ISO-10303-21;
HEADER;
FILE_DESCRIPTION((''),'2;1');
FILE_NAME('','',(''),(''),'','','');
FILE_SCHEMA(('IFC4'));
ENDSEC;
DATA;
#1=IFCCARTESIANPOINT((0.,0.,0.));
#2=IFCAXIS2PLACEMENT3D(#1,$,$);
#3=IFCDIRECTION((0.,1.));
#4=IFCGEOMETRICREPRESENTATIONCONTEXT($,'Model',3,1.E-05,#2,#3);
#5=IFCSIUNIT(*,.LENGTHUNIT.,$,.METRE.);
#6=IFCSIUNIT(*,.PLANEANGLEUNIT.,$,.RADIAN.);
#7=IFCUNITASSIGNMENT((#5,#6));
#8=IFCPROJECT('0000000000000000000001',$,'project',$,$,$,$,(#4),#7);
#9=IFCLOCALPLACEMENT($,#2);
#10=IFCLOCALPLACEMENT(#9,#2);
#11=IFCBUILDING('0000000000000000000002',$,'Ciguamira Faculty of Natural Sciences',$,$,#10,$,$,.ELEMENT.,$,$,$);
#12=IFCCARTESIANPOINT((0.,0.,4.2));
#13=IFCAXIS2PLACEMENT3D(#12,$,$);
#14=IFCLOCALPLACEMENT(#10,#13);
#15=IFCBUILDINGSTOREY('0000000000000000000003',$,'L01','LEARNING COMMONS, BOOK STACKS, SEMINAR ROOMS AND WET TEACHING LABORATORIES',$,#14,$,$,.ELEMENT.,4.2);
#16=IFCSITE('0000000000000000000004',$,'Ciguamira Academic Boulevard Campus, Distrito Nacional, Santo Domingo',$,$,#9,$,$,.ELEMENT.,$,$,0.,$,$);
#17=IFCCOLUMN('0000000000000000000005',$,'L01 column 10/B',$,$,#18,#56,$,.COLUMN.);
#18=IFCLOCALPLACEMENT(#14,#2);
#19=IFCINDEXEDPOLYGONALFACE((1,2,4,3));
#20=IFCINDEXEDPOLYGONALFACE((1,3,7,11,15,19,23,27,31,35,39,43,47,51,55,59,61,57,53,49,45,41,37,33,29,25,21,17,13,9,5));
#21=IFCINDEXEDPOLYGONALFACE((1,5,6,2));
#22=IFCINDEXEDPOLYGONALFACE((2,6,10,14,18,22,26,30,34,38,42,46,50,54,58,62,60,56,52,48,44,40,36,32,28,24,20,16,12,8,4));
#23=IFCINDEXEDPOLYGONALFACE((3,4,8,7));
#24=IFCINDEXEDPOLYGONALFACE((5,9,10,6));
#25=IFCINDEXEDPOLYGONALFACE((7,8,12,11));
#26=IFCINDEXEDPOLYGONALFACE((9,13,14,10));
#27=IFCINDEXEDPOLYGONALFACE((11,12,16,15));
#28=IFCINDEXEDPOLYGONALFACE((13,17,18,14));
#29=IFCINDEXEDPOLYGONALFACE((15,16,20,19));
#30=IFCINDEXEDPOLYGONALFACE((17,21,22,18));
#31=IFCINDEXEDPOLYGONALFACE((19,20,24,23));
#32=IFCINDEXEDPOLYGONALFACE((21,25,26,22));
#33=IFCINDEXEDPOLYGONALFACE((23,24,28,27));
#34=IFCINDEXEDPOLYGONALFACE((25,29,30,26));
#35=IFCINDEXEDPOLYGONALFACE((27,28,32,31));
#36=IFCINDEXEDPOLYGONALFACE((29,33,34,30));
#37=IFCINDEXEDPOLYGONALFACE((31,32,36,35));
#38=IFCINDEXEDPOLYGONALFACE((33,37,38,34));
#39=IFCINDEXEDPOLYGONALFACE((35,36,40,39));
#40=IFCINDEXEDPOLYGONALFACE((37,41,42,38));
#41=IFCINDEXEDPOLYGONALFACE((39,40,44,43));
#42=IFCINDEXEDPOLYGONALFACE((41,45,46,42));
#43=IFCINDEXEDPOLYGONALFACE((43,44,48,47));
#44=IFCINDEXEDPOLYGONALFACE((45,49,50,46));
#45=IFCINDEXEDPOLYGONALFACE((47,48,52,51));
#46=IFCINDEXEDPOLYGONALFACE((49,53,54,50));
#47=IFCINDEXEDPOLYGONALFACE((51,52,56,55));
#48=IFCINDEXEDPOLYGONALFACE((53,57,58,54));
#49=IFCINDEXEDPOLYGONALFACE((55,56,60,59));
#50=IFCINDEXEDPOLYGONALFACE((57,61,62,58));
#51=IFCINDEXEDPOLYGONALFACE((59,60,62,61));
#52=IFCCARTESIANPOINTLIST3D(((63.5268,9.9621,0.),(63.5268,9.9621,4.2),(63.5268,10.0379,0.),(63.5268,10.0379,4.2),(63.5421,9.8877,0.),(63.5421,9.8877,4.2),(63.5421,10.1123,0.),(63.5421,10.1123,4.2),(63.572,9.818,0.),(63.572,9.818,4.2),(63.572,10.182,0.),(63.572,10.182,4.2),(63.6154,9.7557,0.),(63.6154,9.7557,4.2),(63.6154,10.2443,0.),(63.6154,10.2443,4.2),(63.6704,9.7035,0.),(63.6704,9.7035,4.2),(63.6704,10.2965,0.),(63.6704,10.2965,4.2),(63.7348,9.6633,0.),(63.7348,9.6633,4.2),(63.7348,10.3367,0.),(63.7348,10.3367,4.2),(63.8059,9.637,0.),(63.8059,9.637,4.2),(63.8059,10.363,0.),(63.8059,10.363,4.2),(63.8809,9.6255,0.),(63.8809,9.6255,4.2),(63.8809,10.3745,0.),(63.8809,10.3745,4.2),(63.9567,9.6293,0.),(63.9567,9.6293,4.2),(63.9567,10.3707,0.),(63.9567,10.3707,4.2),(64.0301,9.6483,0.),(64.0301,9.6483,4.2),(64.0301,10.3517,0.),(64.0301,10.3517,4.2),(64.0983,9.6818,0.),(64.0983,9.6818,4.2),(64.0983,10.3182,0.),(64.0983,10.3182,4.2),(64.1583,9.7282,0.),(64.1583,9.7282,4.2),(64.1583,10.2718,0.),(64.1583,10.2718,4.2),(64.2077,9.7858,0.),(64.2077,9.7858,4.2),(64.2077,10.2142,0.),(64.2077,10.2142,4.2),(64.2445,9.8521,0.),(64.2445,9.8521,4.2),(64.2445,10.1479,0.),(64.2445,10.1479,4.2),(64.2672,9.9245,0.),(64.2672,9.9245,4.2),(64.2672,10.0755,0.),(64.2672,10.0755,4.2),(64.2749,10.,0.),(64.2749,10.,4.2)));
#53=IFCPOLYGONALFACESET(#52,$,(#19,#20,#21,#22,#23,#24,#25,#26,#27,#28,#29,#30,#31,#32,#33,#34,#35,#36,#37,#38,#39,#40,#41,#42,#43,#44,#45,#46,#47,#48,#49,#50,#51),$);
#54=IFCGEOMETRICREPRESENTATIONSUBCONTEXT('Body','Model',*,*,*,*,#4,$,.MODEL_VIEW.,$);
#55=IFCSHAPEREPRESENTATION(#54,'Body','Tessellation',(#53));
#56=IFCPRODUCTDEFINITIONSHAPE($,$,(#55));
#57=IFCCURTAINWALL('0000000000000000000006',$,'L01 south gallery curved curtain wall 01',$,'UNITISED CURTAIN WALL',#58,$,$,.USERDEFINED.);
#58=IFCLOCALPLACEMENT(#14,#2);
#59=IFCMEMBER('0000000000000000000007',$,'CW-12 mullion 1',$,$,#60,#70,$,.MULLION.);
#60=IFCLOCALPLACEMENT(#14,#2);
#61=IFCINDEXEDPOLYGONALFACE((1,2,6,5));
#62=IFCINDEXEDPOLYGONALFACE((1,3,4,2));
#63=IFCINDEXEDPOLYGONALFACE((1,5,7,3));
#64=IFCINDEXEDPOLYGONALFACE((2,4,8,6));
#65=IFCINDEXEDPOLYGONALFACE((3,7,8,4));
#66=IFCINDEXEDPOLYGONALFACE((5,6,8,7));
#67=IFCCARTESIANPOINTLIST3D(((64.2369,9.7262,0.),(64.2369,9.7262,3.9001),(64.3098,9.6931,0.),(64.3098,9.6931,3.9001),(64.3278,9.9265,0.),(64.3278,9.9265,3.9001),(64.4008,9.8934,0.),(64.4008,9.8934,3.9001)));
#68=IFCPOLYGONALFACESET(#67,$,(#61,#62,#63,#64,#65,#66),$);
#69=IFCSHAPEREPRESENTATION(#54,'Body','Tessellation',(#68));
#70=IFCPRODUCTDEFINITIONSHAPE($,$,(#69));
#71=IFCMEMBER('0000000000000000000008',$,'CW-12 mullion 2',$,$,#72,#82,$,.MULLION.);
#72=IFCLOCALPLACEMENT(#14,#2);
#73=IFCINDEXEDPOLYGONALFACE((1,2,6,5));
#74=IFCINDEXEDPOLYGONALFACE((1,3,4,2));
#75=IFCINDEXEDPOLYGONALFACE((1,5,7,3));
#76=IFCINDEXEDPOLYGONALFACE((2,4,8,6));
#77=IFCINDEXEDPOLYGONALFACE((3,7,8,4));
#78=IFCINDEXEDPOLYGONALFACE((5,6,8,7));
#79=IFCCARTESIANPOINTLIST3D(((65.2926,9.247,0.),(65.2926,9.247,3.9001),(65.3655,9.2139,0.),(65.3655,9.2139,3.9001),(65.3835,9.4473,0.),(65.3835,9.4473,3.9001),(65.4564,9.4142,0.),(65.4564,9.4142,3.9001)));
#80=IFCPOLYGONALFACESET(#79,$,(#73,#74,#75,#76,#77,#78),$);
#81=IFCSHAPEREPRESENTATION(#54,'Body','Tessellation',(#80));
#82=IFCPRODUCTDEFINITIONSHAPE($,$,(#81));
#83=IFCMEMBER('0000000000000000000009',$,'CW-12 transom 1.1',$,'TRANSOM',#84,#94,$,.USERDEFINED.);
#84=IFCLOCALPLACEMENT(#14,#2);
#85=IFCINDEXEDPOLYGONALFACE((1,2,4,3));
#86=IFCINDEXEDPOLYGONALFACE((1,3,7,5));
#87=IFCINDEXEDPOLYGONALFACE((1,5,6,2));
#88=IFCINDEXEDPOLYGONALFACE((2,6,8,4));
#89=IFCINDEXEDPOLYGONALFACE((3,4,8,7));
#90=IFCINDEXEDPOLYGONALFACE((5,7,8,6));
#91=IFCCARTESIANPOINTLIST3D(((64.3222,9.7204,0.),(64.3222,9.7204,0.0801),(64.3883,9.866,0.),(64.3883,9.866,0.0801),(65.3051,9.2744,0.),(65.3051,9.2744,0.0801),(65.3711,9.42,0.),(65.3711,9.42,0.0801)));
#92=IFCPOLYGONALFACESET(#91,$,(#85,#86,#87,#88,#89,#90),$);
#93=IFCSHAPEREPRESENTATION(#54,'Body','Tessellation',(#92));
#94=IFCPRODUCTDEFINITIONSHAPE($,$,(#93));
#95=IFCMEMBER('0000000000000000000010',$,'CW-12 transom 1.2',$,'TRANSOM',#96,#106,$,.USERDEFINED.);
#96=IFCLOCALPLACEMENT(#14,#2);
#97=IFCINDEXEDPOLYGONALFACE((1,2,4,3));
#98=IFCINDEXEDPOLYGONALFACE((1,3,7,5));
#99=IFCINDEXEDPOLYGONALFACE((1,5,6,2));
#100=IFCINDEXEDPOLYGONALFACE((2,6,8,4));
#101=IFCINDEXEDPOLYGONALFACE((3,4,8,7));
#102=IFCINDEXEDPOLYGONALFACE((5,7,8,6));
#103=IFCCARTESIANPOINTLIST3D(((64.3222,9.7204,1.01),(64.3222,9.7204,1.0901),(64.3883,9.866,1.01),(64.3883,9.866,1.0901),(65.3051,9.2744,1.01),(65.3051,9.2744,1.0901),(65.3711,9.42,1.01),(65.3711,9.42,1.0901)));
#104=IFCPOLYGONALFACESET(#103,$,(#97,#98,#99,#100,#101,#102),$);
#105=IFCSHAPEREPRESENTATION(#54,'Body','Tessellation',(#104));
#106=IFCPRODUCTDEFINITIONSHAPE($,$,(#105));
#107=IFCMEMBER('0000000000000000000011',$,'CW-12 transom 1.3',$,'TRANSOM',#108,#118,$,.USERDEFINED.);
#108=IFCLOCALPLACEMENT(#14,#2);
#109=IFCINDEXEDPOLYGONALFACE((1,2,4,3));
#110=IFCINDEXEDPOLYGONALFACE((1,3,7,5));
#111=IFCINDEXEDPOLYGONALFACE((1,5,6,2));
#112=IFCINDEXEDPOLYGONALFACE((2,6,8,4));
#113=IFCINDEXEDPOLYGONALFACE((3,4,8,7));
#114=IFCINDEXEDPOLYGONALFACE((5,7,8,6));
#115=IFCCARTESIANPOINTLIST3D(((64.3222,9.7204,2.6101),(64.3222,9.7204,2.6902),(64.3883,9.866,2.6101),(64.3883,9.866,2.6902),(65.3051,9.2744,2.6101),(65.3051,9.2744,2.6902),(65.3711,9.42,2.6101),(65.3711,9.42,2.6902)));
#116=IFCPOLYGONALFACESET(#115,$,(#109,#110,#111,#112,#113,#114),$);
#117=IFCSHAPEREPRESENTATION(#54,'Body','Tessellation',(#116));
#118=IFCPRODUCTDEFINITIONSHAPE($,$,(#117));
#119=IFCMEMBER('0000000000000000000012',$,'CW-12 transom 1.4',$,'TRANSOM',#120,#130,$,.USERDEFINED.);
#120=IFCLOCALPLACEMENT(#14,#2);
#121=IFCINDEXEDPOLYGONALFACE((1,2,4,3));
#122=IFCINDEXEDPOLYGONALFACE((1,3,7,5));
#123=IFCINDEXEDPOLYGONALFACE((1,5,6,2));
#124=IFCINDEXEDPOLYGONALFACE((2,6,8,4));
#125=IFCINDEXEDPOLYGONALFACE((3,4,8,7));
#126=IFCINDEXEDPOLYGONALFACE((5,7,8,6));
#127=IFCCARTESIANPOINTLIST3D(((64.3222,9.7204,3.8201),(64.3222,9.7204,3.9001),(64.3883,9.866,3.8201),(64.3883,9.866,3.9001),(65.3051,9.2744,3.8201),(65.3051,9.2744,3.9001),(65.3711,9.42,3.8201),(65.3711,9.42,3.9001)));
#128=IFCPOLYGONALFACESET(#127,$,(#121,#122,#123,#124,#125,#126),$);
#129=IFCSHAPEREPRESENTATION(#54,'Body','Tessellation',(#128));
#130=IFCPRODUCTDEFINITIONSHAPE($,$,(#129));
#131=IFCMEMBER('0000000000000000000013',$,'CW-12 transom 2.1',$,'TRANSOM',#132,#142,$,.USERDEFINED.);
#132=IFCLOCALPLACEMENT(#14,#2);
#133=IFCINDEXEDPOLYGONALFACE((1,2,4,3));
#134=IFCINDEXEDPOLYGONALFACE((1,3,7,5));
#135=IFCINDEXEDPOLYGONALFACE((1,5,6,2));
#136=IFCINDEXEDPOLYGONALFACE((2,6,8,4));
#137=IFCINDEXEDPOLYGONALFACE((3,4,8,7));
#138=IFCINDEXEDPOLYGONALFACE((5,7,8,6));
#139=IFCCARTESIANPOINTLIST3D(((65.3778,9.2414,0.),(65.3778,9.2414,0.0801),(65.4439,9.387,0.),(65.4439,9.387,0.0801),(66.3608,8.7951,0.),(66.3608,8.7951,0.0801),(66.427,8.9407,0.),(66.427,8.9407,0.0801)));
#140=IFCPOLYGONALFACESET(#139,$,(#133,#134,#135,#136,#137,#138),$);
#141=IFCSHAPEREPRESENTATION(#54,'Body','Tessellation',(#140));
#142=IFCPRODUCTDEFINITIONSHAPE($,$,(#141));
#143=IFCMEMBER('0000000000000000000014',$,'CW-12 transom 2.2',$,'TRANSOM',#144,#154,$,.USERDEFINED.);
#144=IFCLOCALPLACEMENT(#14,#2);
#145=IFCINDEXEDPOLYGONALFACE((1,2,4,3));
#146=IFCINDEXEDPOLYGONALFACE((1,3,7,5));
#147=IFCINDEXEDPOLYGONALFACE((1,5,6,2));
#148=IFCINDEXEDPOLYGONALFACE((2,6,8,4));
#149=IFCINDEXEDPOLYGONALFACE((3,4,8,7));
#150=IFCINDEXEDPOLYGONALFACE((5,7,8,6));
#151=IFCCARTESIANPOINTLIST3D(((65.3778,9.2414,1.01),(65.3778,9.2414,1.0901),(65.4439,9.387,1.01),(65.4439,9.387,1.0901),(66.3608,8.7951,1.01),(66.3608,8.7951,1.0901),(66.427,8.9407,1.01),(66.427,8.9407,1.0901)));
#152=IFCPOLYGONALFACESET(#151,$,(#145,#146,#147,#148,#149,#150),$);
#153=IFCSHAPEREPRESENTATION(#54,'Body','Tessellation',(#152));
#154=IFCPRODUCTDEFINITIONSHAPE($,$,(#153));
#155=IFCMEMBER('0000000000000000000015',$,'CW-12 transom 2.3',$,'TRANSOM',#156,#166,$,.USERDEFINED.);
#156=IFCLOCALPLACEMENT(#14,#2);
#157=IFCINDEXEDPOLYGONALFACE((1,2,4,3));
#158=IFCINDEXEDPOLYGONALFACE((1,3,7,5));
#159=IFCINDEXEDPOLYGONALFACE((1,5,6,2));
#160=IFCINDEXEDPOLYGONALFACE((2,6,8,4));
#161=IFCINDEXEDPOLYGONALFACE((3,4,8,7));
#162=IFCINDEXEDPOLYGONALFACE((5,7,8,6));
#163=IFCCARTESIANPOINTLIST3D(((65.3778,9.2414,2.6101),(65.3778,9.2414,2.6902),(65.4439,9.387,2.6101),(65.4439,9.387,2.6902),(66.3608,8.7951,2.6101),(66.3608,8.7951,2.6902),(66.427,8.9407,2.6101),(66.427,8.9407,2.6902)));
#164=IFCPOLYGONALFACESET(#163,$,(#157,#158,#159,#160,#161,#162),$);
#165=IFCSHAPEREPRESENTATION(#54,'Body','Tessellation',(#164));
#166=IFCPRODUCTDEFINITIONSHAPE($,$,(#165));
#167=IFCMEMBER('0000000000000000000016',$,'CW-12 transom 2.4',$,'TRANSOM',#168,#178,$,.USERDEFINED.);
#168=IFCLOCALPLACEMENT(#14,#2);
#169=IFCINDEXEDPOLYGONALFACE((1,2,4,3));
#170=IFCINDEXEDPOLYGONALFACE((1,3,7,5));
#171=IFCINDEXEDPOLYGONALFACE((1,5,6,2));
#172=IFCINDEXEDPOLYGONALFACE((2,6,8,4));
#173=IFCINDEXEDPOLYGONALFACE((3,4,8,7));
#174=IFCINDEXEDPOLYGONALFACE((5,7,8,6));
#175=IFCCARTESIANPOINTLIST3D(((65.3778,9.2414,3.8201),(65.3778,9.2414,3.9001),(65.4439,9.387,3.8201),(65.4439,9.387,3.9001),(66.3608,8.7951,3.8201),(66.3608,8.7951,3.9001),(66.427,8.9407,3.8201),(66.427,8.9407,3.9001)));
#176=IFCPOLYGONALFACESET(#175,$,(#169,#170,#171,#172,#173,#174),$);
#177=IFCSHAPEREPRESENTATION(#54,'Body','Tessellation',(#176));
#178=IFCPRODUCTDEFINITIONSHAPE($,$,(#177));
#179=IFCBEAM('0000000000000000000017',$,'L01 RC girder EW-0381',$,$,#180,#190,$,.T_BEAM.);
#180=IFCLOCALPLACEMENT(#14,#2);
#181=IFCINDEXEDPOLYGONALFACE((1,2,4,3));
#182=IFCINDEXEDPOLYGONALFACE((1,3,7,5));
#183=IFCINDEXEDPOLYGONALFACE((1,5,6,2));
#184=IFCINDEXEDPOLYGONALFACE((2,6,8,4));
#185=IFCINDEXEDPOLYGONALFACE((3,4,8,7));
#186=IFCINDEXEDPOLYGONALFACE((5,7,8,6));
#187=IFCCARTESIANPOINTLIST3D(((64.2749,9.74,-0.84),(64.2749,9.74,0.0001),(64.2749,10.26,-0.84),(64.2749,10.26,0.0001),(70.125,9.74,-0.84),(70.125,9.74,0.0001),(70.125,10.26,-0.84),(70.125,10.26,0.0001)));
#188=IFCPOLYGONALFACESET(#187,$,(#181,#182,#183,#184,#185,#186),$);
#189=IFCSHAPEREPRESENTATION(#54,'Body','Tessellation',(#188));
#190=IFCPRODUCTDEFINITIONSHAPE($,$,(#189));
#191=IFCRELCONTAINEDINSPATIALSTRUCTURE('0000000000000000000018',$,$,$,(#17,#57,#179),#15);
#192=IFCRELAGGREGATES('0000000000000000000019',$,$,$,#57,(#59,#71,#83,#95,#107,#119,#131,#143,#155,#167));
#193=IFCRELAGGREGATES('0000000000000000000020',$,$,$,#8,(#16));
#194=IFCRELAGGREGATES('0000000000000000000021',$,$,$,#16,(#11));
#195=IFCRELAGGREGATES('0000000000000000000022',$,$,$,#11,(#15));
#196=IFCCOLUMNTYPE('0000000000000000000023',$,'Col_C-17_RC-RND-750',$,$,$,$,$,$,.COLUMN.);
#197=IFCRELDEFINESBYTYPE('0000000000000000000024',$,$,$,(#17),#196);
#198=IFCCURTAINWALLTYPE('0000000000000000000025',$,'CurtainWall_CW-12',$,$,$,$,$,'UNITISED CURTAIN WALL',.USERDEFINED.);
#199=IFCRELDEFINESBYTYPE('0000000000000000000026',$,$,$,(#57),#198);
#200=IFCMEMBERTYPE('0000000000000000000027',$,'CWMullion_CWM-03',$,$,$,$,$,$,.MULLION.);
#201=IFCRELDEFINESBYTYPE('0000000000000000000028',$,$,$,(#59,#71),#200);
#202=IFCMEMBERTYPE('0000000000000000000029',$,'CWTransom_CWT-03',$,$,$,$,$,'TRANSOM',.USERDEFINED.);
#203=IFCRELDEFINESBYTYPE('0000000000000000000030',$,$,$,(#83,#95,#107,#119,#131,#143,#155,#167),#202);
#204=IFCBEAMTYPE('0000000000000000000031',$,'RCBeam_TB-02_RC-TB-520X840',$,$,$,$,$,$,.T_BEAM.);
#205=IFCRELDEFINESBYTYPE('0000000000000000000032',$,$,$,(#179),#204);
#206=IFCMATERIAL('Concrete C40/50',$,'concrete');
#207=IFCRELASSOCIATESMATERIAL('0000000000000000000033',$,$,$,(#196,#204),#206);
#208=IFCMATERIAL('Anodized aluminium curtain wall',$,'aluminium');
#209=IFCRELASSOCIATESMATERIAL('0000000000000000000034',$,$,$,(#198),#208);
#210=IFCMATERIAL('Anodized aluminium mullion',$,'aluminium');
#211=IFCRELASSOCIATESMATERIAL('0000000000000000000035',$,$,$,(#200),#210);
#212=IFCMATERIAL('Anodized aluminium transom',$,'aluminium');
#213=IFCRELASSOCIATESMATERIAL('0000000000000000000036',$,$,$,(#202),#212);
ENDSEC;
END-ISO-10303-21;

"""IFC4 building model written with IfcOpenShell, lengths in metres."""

from ifc_helpers import new_model, si_unit, direction, frame, origin, origin_2d, place, context, subcontext, project, spatial, rectangle, circle, extrude, material, material_profile, profile_set, type_object, element, aggregate, save


model = new_model("IFC4")

# Units and contexts
model_context = context("Model", 3, precision=1e-05, world=origin(), true_north=direction((0.0, 1.0)))
body_context = subcontext(model_context, "Body", "Model", "MODEL_VIEW")
ifc_project = project(units=[si_unit("LENGTHUNIT", "METRE"), si_unit("PLANEANGLEUNIT", "RADIAN")], contexts=[model_context])

# Site, building, storey
site_placement = place(None, origin())
site = spatial("IfcSite", under=ifc_project, at=site_placement, Name="Ciguamira Academic Boulevard Campus, Distrito Nacional, Santo Domingo", CompositionType="ELEMENT", RefElevation=0.0)
building_placement = place(site_placement, origin())
building = spatial("IfcBuilding", under=site, at=building_placement, Name="Ciguamira Faculty of Natural Sciences", CompositionType="ELEMENT")
storey_placement = place(building_placement, frame((0.0, 0.0, 4.2)))
storey = spatial("IfcBuildingStorey", under=building, at=storey_placement, Name="L01", Description="LEARNING COMMONS, BOOK STACKS, SEMINAR ROOMS AND WET TEACHING LABORATORIES", CompositionType="ELEMENT", Elevation=4.2)

# Column
ifc_material_1 = material(Name="Concrete C40/50", Category="concrete")
ifc_material_profile_1 = material_profile(ifc_material_1, circle(Radius=0.375, at=origin_2d()), Name="RC-RND-750")
ifc_profile_set_1 = profile_set([ifc_material_profile_1], Name="Concrete C40/50")
column_type = type_object("IfcColumnType", Name="Col_C-17_RC-RND-750", PredefinedType="COLUMN", material=ifc_profile_set_1)
column_placement = place(storey_placement, frame((63.8999, 10.0, 0.0), z_axis=(0.0, 0.0, 1.0), x_axis=(1.0, 0.0, 0.0)))
element("IfcColumn", 1, at=column_placement, inside=storey, type_object=column_type, Name="L01 column 10/B", PredefinedType="COLUMN", context=body_context, shape_type="SweptSolid", body=[
    extrude(circle(Radius=0.375, at=origin_2d()), origin(), (0.0, 0.0, 1.0), 4.2),
])

# Curtain wall, members
ifc_material_2 = material(Name="Anodized aluminium curtain wall", Category="aluminium")
curtain_wall_type = type_object("IfcCurtainWallType", Name="CurtainWall_CW-12", ElementType="UNITISED CURTAIN WALL", PredefinedType="USERDEFINED", material=ifc_material_2)
curtain_wall_placement = place(storey_placement, origin())
curtain_wall = element("IfcCurtainWall", 2, at=curtain_wall_placement, inside=storey, type_object=curtain_wall_type, Name="L01 south gallery curved curtain wall 01", ObjectType="UNITISED CURTAIN WALL", PredefinedType="USERDEFINED")
ifc_material_3 = material(Name="Anodized aluminium mullion", Category="aluminium")
ifc_material_profile_2 = material_profile(ifc_material_3, rectangle(XDim=0.0801, YDim=0.22, at=origin_2d()), Name="ALU-MUL-80X220")
ifc_profile_set_2 = profile_set([ifc_material_profile_2], Name="Anodized aluminium mullion")
member_type_1 = type_object("IfcMemberType", Name="CWMullion_CWM-03", PredefinedType="MULLION", material=ifc_profile_set_2)
member_1_placement = place(storey_placement, frame((64.3188, 9.8098, 0.0), z_axis=(0.0, 0.0, 1.0), x_axis=(0.910581, -0.413332, 0.0)))
member_1 = element("IfcMember", 3, at=member_1_placement, type_object=member_type_1, Name="CW-12 mullion 1", PredefinedType="MULLION", context=body_context, shape_type="SweptSolid", body=[
    extrude(rectangle(XDim=0.0801, YDim=0.22, at=origin_2d()), origin(), (0.0, 0.0, 1.0), 3.9001),
])
member_2_placement = place(storey_placement, frame((65.3745, 9.3306, 0.0), z_axis=(0.0, 0.0, 1.0), x_axis=(0.910581, -0.413332, 0.0)))
member_2 = element("IfcMember", 4, at=member_2_placement, type_object=member_type_1, Name="CW-12 mullion 2", PredefinedType="MULLION", context=body_context, shape_type="SweptSolid", body=[
    extrude(rectangle(XDim=0.0801, YDim=0.22, at=origin_2d()), origin(), (0.0, 0.0, 1.0), 3.9001),
])
ifc_material_4 = material(Name="Anodized aluminium transom", Category="aluminium")
ifc_material_profile_3 = material_profile(ifc_material_4, rectangle(XDim=0.0801, YDim=0.1599, at=origin_2d()), Name="ALU-TRN-80X160")
ifc_profile_set_3 = profile_set([ifc_material_profile_3], Name="Anodized aluminium transom")
member_type_2 = type_object("IfcMemberType", Name="CWTransom_CWT-03", ElementType="TRANSOM", PredefinedType="USERDEFINED", material=ifc_profile_set_3)
member_3_placement = place(storey_placement, frame((64.3552, 9.7932, 0.04), z_axis=(0.910622, -0.413241, 0.0), x_axis=(0.0, 0.0, 1.0)))
member_3 = element("IfcMember", 5, at=member_3_placement, type_object=member_type_2, Name="CW-12 transom 1.1", ObjectType="TRANSOM", PredefinedType="USERDEFINED", context=body_context, shape_type="SweptSolid", body=[
    extrude(rectangle(XDim=0.0801, YDim=0.1599, at=origin_2d()), origin(), (0.0, 0.0, 1.0), 1.0793),
])
member_4_placement = place(storey_placement, frame((64.3552, 9.7932, 1.05), z_axis=(0.910622, -0.413241, 0.0), x_axis=(0.0, 0.0, 1.0)))
member_4 = element("IfcMember", 6, at=member_4_placement, type_object=member_type_2, Name="CW-12 transom 1.2", ObjectType="TRANSOM", PredefinedType="USERDEFINED", context=body_context, shape_type="SweptSolid", body=[
    extrude(rectangle(XDim=0.0801, YDim=0.1599, at=origin_2d()), origin(), (0.0, 0.0, 1.0), 1.0793),
])
member_5_placement = place(storey_placement, frame((64.3552, 9.7932, 2.6501), z_axis=(0.910622, -0.413241, 0.0), x_axis=(0.0, 0.0, 1.0)))
member_5 = element("IfcMember", 7, at=member_5_placement, type_object=member_type_2, Name="CW-12 transom 1.3", ObjectType="TRANSOM", PredefinedType="USERDEFINED", context=body_context, shape_type="SweptSolid", body=[
    extrude(rectangle(XDim=0.0801, YDim=0.1599, at=origin_2d()), origin(), (0.0, 0.0, 1.0), 1.0793),
])
member_6_placement = place(storey_placement, frame((64.3552, 9.7932, 3.8601), z_axis=(0.910622, -0.413241, 0.0), x_axis=(0.0, 0.0, 1.0)))
member_6 = element("IfcMember", 8, at=member_6_placement, type_object=member_type_2, Name="CW-12 transom 1.4", ObjectType="TRANSOM", PredefinedType="USERDEFINED", context=body_context, shape_type="SweptSolid", body=[
    extrude(rectangle(XDim=0.0801, YDim=0.1599, at=origin_2d()), origin(), (0.0, 0.0, 1.0), 1.0793),
])
member_7_placement = place(storey_placement, frame((65.4109, 9.3142, 0.04), z_axis=(0.910537, -0.413428, 0.0), x_axis=(0.0, 0.0, 1.0)))
member_7 = element("IfcMember", 9, at=member_7_placement, type_object=member_type_2, Name="CW-12 transom 2.1", ObjectType="TRANSOM", PredefinedType="USERDEFINED", context=body_context, shape_type="SweptSolid", body=[
    extrude(rectangle(XDim=0.0801, YDim=0.1599, at=origin_2d()), origin(), (0.0, 0.0, 1.0), 1.0796),
])
member_8_placement = place(storey_placement, frame((65.4109, 9.3142, 1.05), z_axis=(0.910537, -0.413428, 0.0), x_axis=(0.0, 0.0, 1.0)))
member_8 = element("IfcMember", 10, at=member_8_placement, type_object=member_type_2, Name="CW-12 transom 2.2", ObjectType="TRANSOM", PredefinedType="USERDEFINED", context=body_context, shape_type="SweptSolid", body=[
    extrude(rectangle(XDim=0.0801, YDim=0.1599, at=origin_2d()), origin(), (0.0, 0.0, 1.0), 1.0796),
])
member_9_placement = place(storey_placement, frame((65.4109, 9.3142, 2.6501), z_axis=(0.910537, -0.413428, 0.0), x_axis=(0.0, 0.0, 1.0)))
member_9 = element("IfcMember", 11, at=member_9_placement, type_object=member_type_2, Name="CW-12 transom 2.3", ObjectType="TRANSOM", PredefinedType="USERDEFINED", context=body_context, shape_type="SweptSolid", body=[
    extrude(rectangle(XDim=0.0801, YDim=0.1599, at=origin_2d()), origin(), (0.0, 0.0, 1.0), 1.0796),
])
member_10_placement = place(storey_placement, frame((65.4109, 9.3142, 3.8601), z_axis=(0.910537, -0.413428, 0.0), x_axis=(0.0, 0.0, 1.0)))
member_10 = element("IfcMember", 12, at=member_10_placement, type_object=member_type_2, Name="CW-12 transom 2.4", ObjectType="TRANSOM", PredefinedType="USERDEFINED", context=body_context, shape_type="SweptSolid", body=[
    extrude(rectangle(XDim=0.0801, YDim=0.1599, at=origin_2d()), origin(), (0.0, 0.0, 1.0), 1.0796),
])

# Beam
ifc_material_profile_4 = material_profile(ifc_material_1, rectangle(XDim=0.52, YDim=0.8401, at=origin_2d()), Name="RC-TB-520X840")
ifc_profile_set_4 = profile_set([ifc_material_profile_4], Name="Concrete C40/50")
beam_type = type_object("IfcBeamType", Name="RCBeam_TB-02_RC-TB-520X840", PredefinedType="T_BEAM", material=ifc_profile_set_4)
beam_placement = place(storey_placement, frame((64.2749, 10.0, -0.4199), z_axis=(1.0, 0.0, 0.0), x_axis=(0.0, 1.0, 0.0)))
element("IfcBeam", 13, at=beam_placement, inside=storey, type_object=beam_type, Name="L01 RC girder EW-0381", PredefinedType="T_BEAM", context=body_context, shape_type="SweptSolid", body=[
    extrude(rectangle(XDim=0.52, YDim=0.8401, at=origin_2d()), origin(), (0.0, 0.0, 1.0), 5.8501),
])

aggregate(curtain_wall, [member_1, member_2, member_3, member_4, member_5, member_6, member_7, member_8, member_9, member_10])

save(model, "model.ifc")
